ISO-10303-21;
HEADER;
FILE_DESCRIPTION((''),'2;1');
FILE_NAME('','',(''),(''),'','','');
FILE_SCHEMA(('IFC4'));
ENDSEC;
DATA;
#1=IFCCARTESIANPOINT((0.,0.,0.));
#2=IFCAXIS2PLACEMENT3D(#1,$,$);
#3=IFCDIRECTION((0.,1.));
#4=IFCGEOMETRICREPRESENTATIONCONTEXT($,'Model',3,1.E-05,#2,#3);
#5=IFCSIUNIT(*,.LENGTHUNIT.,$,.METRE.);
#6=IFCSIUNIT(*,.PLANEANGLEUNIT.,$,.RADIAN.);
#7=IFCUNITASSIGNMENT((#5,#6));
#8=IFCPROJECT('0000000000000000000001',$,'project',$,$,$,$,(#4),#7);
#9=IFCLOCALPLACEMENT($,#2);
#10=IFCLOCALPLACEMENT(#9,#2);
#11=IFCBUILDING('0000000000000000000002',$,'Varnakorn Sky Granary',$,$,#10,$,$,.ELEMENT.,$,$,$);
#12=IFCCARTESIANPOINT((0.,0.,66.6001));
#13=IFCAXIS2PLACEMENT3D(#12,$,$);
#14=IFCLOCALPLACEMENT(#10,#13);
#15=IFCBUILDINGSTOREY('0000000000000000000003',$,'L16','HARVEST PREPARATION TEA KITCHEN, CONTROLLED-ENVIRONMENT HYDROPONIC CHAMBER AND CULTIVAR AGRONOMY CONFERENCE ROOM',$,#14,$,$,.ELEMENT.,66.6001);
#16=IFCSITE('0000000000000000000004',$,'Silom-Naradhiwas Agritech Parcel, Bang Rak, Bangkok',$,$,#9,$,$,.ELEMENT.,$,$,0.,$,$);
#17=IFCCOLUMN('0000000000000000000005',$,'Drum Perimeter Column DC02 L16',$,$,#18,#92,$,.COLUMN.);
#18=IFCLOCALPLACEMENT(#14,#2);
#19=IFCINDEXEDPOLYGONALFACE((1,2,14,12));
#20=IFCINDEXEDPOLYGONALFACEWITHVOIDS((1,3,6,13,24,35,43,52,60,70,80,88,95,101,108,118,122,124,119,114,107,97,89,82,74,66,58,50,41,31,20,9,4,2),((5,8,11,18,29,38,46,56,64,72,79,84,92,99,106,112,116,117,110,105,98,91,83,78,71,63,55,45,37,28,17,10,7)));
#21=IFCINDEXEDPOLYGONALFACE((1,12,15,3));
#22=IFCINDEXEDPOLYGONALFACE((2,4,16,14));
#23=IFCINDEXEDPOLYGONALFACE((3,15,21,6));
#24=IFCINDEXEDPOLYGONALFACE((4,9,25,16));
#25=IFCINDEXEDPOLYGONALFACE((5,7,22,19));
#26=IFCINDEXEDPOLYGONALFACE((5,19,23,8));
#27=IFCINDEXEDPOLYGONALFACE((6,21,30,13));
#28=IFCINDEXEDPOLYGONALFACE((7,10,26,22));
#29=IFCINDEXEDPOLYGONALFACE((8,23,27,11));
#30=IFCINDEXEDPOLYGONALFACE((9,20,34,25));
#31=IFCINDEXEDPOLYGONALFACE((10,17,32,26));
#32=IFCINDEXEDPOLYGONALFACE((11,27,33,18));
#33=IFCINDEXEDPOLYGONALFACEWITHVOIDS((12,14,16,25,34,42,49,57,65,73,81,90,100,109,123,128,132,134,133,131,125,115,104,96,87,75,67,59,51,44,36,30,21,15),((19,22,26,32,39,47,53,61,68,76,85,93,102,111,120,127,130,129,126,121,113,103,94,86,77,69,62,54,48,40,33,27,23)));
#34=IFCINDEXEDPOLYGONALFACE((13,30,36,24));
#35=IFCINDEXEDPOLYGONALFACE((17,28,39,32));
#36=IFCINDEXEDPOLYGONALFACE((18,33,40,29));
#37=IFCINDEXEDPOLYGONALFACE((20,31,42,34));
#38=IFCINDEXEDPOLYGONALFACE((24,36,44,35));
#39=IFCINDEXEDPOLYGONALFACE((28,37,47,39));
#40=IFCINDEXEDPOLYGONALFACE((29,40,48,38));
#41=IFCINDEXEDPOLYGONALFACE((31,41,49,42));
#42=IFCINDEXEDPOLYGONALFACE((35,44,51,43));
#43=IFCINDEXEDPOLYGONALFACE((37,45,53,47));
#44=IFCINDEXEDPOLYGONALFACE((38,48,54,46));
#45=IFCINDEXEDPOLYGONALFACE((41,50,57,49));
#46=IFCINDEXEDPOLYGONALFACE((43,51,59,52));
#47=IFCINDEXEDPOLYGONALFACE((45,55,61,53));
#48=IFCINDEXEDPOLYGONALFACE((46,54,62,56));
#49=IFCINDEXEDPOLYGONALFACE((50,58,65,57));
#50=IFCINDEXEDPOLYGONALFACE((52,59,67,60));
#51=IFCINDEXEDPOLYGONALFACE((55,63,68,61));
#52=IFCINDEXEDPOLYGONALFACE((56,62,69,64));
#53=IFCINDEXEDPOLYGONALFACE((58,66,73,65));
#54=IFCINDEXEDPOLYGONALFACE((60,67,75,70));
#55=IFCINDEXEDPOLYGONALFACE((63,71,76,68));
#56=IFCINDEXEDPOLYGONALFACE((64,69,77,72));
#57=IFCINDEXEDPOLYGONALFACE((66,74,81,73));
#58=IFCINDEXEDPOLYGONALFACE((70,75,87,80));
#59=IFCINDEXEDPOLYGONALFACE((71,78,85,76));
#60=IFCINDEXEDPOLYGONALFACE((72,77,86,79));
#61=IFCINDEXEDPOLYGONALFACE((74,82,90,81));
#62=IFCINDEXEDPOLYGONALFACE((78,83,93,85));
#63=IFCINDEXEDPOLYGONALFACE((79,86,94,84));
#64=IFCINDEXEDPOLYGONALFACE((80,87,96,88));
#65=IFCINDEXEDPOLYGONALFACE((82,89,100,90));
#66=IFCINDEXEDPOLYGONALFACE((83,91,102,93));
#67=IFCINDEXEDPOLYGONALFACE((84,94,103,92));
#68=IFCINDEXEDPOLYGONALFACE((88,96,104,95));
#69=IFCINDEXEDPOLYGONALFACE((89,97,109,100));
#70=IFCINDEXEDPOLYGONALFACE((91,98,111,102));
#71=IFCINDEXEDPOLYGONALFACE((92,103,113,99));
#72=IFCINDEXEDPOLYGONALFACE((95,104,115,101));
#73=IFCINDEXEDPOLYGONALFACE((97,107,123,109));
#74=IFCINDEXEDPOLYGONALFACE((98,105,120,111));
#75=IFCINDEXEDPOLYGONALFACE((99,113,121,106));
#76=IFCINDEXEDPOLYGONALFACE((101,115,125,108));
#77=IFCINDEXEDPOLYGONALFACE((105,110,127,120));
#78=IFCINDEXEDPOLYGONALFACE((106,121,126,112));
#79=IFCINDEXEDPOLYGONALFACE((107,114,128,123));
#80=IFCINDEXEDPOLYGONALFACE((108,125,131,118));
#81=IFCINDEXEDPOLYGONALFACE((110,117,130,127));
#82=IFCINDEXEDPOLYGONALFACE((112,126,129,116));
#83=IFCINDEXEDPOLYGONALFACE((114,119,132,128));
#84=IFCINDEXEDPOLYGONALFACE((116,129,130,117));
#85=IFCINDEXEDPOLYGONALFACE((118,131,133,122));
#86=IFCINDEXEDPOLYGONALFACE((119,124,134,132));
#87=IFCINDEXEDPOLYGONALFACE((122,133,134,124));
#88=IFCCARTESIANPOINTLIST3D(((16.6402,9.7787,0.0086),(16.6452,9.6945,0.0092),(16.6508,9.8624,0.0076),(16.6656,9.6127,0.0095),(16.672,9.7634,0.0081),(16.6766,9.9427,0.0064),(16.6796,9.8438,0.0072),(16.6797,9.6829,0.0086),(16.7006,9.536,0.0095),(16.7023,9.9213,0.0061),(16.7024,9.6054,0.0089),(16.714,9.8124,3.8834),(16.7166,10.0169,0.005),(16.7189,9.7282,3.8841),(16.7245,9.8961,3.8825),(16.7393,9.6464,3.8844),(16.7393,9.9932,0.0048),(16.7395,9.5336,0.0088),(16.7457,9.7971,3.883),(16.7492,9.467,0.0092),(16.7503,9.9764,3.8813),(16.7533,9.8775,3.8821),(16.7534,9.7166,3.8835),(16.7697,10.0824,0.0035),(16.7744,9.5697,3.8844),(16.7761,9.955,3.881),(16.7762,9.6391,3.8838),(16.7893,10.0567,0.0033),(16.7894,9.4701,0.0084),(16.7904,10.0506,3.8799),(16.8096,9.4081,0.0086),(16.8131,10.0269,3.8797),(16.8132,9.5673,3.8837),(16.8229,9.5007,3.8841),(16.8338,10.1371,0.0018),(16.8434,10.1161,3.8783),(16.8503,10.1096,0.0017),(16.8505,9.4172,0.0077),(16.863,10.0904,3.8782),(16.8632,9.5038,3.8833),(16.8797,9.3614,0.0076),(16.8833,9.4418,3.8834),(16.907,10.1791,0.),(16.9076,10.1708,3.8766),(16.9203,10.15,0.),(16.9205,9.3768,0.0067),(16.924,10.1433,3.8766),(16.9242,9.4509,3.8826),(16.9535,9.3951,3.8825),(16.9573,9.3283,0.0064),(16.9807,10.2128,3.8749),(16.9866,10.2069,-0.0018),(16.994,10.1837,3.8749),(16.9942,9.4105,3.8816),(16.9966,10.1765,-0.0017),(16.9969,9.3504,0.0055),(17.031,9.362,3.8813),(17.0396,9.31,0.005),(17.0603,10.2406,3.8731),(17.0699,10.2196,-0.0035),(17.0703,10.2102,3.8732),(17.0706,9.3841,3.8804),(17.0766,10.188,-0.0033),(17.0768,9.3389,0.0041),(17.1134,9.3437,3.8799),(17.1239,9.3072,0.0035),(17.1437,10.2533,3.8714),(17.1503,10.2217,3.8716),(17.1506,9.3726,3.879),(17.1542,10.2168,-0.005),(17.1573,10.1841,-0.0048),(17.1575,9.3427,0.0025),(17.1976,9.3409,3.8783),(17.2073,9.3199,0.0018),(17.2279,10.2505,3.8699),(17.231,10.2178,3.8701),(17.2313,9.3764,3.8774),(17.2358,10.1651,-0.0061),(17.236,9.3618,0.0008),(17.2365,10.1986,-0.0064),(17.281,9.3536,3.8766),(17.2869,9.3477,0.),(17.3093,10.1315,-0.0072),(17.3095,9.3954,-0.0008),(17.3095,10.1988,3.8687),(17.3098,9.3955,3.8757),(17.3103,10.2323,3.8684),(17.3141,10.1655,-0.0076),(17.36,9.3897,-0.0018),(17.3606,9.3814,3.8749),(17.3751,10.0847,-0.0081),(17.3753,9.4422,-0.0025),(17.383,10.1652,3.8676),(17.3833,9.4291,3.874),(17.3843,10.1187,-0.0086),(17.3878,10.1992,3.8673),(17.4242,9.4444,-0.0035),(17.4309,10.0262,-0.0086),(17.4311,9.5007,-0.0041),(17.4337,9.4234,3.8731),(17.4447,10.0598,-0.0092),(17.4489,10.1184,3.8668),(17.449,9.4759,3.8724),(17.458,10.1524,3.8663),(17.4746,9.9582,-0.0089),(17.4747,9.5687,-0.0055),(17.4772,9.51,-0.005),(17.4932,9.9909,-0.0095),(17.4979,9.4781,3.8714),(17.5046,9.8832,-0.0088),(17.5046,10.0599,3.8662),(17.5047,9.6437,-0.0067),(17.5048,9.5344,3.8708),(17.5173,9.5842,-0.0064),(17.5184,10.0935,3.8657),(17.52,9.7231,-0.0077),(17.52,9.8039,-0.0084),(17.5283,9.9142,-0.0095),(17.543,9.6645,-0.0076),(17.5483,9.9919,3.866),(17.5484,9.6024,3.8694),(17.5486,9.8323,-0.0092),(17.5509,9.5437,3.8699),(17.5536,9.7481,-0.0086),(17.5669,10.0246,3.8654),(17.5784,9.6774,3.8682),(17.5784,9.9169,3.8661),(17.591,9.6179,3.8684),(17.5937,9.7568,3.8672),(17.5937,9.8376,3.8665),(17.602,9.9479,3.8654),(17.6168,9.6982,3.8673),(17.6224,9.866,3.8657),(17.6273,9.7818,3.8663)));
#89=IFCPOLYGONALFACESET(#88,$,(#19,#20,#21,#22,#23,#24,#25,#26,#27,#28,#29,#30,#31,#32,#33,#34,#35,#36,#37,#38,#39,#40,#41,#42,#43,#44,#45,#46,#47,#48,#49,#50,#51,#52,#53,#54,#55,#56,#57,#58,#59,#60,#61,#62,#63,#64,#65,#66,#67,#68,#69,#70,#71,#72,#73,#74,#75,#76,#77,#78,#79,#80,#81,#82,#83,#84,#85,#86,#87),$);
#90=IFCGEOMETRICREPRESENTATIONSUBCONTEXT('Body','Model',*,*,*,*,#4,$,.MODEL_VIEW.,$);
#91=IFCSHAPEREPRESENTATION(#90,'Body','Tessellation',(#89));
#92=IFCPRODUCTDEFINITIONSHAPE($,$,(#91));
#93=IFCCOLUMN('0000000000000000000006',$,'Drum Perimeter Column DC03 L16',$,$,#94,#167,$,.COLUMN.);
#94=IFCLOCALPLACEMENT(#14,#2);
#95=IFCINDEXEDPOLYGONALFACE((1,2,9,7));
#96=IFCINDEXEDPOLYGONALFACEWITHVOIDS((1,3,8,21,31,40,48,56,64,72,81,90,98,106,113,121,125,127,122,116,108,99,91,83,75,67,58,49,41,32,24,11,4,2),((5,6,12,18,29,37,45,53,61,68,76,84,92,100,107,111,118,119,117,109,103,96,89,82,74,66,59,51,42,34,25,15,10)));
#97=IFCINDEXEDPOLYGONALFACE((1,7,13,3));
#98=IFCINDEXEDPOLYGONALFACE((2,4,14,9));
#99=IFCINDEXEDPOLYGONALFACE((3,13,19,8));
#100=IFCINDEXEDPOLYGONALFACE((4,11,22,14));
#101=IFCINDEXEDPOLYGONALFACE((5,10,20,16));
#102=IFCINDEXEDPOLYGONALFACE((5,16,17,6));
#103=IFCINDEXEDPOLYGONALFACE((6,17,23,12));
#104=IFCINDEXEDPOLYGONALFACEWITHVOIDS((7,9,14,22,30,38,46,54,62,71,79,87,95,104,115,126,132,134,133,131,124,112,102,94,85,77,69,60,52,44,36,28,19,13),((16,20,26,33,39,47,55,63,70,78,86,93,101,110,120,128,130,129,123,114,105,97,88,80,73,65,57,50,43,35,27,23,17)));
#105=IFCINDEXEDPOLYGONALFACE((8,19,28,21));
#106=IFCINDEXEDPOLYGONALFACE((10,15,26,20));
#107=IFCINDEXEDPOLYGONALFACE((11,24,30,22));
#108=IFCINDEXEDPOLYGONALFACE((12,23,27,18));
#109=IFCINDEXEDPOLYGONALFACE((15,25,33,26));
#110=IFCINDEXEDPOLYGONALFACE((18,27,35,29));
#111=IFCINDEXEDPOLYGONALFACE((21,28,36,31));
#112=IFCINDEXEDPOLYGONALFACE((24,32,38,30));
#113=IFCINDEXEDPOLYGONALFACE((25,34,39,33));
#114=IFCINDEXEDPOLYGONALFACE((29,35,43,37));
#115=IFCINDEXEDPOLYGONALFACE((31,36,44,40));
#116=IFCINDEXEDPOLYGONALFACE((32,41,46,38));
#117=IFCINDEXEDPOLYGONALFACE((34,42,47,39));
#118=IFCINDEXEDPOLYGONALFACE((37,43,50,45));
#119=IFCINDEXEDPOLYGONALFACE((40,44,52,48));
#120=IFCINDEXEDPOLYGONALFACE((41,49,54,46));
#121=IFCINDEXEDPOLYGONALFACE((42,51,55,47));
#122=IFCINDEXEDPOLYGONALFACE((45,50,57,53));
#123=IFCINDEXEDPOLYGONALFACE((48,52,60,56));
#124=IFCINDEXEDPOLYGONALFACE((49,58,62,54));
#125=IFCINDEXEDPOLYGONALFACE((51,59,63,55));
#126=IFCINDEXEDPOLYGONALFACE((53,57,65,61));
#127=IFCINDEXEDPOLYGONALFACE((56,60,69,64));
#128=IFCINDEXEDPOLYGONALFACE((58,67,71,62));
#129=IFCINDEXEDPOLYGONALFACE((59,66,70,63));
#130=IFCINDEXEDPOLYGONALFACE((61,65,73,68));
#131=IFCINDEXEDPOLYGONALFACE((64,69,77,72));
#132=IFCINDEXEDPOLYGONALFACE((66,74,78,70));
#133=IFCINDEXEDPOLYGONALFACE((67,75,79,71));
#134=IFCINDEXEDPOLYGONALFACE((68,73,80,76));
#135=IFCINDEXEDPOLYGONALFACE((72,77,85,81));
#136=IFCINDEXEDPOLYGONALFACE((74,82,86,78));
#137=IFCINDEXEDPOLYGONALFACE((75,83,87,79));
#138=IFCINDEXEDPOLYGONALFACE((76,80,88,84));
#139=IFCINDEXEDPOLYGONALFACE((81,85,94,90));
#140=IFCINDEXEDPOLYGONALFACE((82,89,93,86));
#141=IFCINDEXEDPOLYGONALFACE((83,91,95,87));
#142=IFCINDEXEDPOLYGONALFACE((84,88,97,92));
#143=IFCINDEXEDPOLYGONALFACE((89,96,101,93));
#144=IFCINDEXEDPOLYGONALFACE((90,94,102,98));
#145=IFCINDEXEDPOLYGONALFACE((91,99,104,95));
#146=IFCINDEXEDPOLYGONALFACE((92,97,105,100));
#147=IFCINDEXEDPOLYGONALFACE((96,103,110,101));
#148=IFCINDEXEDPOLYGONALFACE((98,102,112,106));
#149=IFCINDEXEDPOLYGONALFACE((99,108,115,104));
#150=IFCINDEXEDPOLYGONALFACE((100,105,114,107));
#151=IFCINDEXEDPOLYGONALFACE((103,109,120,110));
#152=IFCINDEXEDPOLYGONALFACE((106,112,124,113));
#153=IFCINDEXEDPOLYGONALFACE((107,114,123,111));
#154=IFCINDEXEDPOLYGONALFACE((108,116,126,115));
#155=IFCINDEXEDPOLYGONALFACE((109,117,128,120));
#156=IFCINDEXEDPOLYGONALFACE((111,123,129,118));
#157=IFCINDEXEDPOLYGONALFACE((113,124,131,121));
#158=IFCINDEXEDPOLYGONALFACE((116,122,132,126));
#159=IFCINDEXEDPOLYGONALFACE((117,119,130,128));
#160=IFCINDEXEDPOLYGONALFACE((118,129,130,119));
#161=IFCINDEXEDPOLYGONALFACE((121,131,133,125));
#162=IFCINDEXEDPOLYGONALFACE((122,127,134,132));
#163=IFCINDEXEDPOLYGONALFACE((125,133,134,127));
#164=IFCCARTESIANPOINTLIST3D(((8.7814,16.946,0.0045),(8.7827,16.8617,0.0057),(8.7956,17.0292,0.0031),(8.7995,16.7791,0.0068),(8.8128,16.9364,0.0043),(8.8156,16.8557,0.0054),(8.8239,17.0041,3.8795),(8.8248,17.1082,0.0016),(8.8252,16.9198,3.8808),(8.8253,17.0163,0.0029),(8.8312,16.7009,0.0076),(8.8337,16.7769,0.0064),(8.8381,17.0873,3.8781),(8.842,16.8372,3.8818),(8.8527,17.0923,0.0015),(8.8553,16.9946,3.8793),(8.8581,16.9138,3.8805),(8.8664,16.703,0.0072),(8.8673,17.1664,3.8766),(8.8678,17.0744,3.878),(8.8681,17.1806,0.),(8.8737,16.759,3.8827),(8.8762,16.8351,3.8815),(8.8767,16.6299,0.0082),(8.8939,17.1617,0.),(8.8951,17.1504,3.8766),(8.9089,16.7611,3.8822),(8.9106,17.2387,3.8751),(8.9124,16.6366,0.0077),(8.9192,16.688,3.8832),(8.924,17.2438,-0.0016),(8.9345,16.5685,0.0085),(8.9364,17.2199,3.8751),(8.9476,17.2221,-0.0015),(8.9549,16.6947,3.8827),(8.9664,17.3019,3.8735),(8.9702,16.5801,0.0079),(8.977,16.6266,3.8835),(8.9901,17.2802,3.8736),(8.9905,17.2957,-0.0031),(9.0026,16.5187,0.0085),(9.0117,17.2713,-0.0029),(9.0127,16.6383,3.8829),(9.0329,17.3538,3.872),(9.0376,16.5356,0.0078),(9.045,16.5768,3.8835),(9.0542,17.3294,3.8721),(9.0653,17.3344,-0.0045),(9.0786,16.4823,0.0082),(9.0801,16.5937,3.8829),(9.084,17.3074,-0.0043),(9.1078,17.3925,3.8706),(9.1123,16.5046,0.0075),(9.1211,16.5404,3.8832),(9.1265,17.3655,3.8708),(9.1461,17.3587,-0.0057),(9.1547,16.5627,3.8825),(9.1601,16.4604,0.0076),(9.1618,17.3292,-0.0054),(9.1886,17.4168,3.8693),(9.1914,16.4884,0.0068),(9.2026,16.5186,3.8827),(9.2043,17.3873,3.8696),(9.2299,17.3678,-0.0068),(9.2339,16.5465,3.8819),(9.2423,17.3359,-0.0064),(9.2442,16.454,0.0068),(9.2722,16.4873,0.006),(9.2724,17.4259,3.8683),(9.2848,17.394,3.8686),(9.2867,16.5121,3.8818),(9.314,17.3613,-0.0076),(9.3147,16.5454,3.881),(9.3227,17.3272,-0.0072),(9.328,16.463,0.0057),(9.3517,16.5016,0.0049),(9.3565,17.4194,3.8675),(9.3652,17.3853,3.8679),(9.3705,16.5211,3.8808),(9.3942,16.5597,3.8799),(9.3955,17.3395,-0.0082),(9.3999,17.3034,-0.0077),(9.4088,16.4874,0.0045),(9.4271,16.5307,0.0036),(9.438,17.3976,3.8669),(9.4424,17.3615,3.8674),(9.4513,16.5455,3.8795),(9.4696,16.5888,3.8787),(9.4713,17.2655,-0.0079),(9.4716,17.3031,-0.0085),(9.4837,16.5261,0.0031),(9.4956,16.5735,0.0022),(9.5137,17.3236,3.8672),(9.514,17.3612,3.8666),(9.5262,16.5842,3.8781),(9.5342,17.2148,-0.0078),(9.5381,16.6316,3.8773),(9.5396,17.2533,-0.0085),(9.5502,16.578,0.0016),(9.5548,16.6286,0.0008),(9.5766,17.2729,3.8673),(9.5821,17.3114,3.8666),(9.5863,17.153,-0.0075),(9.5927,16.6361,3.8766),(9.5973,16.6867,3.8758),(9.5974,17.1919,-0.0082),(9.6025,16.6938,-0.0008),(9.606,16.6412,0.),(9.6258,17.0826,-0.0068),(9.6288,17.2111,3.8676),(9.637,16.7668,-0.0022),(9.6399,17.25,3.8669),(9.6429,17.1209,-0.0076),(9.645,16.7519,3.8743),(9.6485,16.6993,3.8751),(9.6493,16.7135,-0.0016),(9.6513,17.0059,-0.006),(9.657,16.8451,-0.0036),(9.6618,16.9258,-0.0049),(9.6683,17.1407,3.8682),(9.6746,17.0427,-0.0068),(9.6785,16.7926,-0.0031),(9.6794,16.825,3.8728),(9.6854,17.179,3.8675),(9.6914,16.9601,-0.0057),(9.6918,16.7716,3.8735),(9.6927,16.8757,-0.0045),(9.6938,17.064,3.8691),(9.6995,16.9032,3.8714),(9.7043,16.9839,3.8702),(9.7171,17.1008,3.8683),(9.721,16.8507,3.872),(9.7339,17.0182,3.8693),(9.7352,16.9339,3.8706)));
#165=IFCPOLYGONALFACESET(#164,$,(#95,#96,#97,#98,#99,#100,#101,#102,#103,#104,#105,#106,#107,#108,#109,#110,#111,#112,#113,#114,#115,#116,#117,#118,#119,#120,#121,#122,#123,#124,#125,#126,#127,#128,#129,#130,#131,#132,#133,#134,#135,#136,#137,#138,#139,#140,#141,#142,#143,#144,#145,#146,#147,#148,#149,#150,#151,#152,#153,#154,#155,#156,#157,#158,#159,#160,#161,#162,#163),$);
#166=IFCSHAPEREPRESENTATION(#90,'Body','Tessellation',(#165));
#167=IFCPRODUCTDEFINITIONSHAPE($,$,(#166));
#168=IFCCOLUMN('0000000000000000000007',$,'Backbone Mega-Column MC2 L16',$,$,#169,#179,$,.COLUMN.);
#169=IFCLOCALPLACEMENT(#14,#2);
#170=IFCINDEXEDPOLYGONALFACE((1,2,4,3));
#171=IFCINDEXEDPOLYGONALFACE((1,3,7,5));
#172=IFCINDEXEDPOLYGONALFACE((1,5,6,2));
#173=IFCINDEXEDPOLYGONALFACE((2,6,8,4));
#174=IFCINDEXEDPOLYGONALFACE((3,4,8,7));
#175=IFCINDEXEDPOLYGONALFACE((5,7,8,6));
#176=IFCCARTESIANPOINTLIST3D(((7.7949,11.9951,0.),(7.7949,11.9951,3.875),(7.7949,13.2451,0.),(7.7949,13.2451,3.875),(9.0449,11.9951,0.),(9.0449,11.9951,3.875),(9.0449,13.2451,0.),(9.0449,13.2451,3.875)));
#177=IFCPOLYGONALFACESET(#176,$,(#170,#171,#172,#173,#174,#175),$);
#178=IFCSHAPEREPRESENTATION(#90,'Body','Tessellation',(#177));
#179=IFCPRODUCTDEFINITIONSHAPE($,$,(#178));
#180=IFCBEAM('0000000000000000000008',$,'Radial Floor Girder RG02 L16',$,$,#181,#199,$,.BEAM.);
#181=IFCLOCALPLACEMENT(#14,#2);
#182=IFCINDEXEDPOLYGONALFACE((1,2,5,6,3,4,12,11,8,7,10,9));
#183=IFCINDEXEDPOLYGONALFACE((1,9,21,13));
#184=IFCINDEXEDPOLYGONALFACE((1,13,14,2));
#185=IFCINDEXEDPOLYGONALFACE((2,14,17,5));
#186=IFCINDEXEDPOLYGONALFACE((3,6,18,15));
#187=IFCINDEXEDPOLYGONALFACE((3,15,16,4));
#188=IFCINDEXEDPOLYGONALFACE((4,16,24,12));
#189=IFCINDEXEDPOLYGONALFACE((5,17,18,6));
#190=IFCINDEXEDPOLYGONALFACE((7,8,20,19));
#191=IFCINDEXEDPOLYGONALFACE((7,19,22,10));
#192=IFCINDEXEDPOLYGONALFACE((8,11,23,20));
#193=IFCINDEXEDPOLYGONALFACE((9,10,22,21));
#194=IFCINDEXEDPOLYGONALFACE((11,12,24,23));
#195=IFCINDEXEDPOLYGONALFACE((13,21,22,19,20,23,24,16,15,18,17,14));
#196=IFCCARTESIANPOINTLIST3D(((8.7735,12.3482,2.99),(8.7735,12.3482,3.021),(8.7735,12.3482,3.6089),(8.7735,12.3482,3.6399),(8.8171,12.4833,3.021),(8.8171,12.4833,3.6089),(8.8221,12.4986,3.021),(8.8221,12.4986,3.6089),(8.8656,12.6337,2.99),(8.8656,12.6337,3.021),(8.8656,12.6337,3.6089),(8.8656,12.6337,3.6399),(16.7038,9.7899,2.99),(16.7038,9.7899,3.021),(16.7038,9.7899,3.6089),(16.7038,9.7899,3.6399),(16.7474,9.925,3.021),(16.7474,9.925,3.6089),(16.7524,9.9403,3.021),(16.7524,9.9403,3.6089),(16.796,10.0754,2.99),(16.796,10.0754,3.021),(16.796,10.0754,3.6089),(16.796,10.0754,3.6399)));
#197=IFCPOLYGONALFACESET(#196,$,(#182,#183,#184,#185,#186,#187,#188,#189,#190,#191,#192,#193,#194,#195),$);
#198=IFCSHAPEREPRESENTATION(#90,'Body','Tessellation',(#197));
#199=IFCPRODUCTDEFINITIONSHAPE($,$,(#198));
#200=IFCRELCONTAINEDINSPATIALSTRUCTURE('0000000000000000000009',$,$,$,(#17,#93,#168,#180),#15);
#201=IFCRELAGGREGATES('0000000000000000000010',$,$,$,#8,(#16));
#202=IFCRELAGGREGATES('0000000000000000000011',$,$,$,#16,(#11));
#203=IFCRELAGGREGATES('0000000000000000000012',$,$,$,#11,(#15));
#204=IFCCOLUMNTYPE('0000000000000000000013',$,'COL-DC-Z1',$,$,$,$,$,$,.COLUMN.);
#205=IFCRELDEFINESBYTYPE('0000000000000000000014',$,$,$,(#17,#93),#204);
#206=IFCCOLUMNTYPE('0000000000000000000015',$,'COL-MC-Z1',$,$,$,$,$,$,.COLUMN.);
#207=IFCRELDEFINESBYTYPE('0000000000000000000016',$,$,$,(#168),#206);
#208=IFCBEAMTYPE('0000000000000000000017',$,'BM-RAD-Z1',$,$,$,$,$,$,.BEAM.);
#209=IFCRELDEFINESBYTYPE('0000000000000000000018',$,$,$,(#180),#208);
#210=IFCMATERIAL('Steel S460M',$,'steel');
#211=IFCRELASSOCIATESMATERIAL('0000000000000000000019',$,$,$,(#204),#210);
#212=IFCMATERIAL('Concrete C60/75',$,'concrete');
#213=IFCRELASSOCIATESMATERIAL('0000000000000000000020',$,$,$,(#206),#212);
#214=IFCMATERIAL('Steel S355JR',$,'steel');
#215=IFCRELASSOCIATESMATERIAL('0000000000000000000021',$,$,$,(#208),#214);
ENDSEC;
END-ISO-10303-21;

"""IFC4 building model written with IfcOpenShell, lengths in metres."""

from ifc_helpers import new_model, si_unit, direction, frame, origin, origin_2d, place, context, subcontext, project, spatial, rectangle, hollow_circle, i_section, extrude, material, material_profile, profile_set, type_object, element, save


model = new_model("IFC4")

# Units and contexts
model_context = context("Model", 3, precision=1e-05, world=origin(), true_north=direction((0.0, 1.0)))
body_context = subcontext(model_context, "Body", "Model", "MODEL_VIEW")
ifc_project = project(units=[si_unit("LENGTHUNIT", "METRE"), si_unit("PLANEANGLEUNIT", "RADIAN")], contexts=[model_context])

# Site, building, storey
site_placement = place(None, origin())
site = spatial("IfcSite", under=ifc_project, at=site_placement, Name="Silom-Naradhiwas Agritech Parcel, Bang Rak, Bangkok", CompositionType="ELEMENT", RefElevation=0.0)
building_placement = place(site_placement, origin())
building = spatial("IfcBuilding", under=site, at=building_placement, Name="Varnakorn Sky Granary", CompositionType="ELEMENT")
storey_placement = place(building_placement, frame((0.0, 0.0, 66.6001)))
storey = spatial("IfcBuildingStorey", under=building, at=storey_placement, Name="L16", Description="HARVEST PREPARATION TEA KITCHEN, CONTROLLED-ENVIRONMENT HYDROPONIC CHAMBER AND CULTIVAR AGRONOMY CONFERENCE ROOM", CompositionType="ELEMENT", Elevation=66.6001)

# Columns
ifc_material_1 = material(Name="Steel S460M", Category="steel")
ifc_material_profile_1 = material_profile(ifc_material_1, hollow_circle(Radius=0.457, WallThickness=0.032, at=origin_2d()), Name="CHS 914x32")
ifc_profile_set_1 = profile_set([ifc_material_profile_1], Name="Steel S460M")
column_type_1 = type_object("IfcColumnType", Name="COL-DC-Z1", PredefinedType="COLUMN", material=ifc_profile_set_1)
for number, where, z_axis, x_axis, name in (
    (1, (17.0969, 9.7634, 0.0), (0.019023, 0.008693, 0.999781), (-0.415617, 0.90954, 0.0), "Drum Perimeter Column DC02 L16"),
    (2, (9.2371, 16.9109, 0.0), (0.010961, 0.014992, 0.999828), (-0.807267, 0.590187, 0.0), "Drum Perimeter Column DC03 L16"),
):
    element("IfcColumn", number, at=place(storey_placement, frame(where, z_axis=z_axis, x_axis=x_axis)), inside=storey, type_object=column_type_1, Name=name, PredefinedType="COLUMN", context=body_context, shape_type="SweptSolid", body=[
        extrude(hollow_circle(Radius=0.457, WallThickness=0.032, at=origin_2d()), origin(), (0.0, 0.0, 1.0), 3.8757),
    ])
ifc_material_2 = material(Name="Concrete C60/75", Category="concrete")
ifc_material_profile_2 = material_profile(ifc_material_2, rectangle(XDim=1.25, YDim=1.25, at=origin_2d()), Name="RC 1250x1250")
ifc_profile_set_2 = profile_set([ifc_material_profile_2], Name="Concrete C60/75")
column_type_2 = type_object("IfcColumnType", Name="COL-MC-Z1", PredefinedType="COLUMN", material=ifc_profile_set_2)
column_placement = place(storey_placement, frame((8.4199, 12.6201, 0.0), z_axis=(0.0, 0.0, 1.0), x_axis=(1.0, 0.0, 0.0)))
element("IfcColumn", 3, at=column_placement, inside=storey, type_object=column_type_2, Name="Backbone Mega-Column MC2 L16", PredefinedType="COLUMN", context=body_context, shape_type="SweptSolid", body=[
    extrude(rectangle(XDim=1.25, YDim=1.25, at=origin_2d()), origin(), (0.0, 0.0, 1.0), 3.875),
])

# Beam
ifc_material_3 = material(Name="Steel S355JR", Category="steel")
ifc_material_profile_3 = material_profile(ifc_material_3, i_section(OverallWidth=0.3, OverallDepth=0.6499, WebThickness=0.0161, FlangeThickness=0.031, at=origin_2d()), Name="HE 650 B")
ifc_profile_set_3 = profile_set([ifc_material_profile_3], Name="Steel S355JR")
beam_type_1 = type_object("IfcBeamType", Name="BM-RAD-Z1", PredefinedType="BEAM", material=ifc_profile_set_3)
beam_1_placement = place(storey_placement, frame((8.8196, 12.491, 3.3149), z_axis=(0.951703, -0.307019, 0.0), x_axis=(0.307019, 0.951703, 0.0)))
element("IfcBeam", 4, at=beam_1_placement, inside=storey, type_object=beam_type_1, Name="Radial Floor Girder RG02 L16", PredefinedType="BEAM", context=body_context, shape_type="SweptSolid", body=[
    extrude(i_section(OverallWidth=0.3, OverallDepth=0.6499, WebThickness=0.0161, FlangeThickness=0.031, at=origin_2d()), origin(), (0.0, 0.0, 1.0), 8.3328),
])

save(model, "model.ifc")
